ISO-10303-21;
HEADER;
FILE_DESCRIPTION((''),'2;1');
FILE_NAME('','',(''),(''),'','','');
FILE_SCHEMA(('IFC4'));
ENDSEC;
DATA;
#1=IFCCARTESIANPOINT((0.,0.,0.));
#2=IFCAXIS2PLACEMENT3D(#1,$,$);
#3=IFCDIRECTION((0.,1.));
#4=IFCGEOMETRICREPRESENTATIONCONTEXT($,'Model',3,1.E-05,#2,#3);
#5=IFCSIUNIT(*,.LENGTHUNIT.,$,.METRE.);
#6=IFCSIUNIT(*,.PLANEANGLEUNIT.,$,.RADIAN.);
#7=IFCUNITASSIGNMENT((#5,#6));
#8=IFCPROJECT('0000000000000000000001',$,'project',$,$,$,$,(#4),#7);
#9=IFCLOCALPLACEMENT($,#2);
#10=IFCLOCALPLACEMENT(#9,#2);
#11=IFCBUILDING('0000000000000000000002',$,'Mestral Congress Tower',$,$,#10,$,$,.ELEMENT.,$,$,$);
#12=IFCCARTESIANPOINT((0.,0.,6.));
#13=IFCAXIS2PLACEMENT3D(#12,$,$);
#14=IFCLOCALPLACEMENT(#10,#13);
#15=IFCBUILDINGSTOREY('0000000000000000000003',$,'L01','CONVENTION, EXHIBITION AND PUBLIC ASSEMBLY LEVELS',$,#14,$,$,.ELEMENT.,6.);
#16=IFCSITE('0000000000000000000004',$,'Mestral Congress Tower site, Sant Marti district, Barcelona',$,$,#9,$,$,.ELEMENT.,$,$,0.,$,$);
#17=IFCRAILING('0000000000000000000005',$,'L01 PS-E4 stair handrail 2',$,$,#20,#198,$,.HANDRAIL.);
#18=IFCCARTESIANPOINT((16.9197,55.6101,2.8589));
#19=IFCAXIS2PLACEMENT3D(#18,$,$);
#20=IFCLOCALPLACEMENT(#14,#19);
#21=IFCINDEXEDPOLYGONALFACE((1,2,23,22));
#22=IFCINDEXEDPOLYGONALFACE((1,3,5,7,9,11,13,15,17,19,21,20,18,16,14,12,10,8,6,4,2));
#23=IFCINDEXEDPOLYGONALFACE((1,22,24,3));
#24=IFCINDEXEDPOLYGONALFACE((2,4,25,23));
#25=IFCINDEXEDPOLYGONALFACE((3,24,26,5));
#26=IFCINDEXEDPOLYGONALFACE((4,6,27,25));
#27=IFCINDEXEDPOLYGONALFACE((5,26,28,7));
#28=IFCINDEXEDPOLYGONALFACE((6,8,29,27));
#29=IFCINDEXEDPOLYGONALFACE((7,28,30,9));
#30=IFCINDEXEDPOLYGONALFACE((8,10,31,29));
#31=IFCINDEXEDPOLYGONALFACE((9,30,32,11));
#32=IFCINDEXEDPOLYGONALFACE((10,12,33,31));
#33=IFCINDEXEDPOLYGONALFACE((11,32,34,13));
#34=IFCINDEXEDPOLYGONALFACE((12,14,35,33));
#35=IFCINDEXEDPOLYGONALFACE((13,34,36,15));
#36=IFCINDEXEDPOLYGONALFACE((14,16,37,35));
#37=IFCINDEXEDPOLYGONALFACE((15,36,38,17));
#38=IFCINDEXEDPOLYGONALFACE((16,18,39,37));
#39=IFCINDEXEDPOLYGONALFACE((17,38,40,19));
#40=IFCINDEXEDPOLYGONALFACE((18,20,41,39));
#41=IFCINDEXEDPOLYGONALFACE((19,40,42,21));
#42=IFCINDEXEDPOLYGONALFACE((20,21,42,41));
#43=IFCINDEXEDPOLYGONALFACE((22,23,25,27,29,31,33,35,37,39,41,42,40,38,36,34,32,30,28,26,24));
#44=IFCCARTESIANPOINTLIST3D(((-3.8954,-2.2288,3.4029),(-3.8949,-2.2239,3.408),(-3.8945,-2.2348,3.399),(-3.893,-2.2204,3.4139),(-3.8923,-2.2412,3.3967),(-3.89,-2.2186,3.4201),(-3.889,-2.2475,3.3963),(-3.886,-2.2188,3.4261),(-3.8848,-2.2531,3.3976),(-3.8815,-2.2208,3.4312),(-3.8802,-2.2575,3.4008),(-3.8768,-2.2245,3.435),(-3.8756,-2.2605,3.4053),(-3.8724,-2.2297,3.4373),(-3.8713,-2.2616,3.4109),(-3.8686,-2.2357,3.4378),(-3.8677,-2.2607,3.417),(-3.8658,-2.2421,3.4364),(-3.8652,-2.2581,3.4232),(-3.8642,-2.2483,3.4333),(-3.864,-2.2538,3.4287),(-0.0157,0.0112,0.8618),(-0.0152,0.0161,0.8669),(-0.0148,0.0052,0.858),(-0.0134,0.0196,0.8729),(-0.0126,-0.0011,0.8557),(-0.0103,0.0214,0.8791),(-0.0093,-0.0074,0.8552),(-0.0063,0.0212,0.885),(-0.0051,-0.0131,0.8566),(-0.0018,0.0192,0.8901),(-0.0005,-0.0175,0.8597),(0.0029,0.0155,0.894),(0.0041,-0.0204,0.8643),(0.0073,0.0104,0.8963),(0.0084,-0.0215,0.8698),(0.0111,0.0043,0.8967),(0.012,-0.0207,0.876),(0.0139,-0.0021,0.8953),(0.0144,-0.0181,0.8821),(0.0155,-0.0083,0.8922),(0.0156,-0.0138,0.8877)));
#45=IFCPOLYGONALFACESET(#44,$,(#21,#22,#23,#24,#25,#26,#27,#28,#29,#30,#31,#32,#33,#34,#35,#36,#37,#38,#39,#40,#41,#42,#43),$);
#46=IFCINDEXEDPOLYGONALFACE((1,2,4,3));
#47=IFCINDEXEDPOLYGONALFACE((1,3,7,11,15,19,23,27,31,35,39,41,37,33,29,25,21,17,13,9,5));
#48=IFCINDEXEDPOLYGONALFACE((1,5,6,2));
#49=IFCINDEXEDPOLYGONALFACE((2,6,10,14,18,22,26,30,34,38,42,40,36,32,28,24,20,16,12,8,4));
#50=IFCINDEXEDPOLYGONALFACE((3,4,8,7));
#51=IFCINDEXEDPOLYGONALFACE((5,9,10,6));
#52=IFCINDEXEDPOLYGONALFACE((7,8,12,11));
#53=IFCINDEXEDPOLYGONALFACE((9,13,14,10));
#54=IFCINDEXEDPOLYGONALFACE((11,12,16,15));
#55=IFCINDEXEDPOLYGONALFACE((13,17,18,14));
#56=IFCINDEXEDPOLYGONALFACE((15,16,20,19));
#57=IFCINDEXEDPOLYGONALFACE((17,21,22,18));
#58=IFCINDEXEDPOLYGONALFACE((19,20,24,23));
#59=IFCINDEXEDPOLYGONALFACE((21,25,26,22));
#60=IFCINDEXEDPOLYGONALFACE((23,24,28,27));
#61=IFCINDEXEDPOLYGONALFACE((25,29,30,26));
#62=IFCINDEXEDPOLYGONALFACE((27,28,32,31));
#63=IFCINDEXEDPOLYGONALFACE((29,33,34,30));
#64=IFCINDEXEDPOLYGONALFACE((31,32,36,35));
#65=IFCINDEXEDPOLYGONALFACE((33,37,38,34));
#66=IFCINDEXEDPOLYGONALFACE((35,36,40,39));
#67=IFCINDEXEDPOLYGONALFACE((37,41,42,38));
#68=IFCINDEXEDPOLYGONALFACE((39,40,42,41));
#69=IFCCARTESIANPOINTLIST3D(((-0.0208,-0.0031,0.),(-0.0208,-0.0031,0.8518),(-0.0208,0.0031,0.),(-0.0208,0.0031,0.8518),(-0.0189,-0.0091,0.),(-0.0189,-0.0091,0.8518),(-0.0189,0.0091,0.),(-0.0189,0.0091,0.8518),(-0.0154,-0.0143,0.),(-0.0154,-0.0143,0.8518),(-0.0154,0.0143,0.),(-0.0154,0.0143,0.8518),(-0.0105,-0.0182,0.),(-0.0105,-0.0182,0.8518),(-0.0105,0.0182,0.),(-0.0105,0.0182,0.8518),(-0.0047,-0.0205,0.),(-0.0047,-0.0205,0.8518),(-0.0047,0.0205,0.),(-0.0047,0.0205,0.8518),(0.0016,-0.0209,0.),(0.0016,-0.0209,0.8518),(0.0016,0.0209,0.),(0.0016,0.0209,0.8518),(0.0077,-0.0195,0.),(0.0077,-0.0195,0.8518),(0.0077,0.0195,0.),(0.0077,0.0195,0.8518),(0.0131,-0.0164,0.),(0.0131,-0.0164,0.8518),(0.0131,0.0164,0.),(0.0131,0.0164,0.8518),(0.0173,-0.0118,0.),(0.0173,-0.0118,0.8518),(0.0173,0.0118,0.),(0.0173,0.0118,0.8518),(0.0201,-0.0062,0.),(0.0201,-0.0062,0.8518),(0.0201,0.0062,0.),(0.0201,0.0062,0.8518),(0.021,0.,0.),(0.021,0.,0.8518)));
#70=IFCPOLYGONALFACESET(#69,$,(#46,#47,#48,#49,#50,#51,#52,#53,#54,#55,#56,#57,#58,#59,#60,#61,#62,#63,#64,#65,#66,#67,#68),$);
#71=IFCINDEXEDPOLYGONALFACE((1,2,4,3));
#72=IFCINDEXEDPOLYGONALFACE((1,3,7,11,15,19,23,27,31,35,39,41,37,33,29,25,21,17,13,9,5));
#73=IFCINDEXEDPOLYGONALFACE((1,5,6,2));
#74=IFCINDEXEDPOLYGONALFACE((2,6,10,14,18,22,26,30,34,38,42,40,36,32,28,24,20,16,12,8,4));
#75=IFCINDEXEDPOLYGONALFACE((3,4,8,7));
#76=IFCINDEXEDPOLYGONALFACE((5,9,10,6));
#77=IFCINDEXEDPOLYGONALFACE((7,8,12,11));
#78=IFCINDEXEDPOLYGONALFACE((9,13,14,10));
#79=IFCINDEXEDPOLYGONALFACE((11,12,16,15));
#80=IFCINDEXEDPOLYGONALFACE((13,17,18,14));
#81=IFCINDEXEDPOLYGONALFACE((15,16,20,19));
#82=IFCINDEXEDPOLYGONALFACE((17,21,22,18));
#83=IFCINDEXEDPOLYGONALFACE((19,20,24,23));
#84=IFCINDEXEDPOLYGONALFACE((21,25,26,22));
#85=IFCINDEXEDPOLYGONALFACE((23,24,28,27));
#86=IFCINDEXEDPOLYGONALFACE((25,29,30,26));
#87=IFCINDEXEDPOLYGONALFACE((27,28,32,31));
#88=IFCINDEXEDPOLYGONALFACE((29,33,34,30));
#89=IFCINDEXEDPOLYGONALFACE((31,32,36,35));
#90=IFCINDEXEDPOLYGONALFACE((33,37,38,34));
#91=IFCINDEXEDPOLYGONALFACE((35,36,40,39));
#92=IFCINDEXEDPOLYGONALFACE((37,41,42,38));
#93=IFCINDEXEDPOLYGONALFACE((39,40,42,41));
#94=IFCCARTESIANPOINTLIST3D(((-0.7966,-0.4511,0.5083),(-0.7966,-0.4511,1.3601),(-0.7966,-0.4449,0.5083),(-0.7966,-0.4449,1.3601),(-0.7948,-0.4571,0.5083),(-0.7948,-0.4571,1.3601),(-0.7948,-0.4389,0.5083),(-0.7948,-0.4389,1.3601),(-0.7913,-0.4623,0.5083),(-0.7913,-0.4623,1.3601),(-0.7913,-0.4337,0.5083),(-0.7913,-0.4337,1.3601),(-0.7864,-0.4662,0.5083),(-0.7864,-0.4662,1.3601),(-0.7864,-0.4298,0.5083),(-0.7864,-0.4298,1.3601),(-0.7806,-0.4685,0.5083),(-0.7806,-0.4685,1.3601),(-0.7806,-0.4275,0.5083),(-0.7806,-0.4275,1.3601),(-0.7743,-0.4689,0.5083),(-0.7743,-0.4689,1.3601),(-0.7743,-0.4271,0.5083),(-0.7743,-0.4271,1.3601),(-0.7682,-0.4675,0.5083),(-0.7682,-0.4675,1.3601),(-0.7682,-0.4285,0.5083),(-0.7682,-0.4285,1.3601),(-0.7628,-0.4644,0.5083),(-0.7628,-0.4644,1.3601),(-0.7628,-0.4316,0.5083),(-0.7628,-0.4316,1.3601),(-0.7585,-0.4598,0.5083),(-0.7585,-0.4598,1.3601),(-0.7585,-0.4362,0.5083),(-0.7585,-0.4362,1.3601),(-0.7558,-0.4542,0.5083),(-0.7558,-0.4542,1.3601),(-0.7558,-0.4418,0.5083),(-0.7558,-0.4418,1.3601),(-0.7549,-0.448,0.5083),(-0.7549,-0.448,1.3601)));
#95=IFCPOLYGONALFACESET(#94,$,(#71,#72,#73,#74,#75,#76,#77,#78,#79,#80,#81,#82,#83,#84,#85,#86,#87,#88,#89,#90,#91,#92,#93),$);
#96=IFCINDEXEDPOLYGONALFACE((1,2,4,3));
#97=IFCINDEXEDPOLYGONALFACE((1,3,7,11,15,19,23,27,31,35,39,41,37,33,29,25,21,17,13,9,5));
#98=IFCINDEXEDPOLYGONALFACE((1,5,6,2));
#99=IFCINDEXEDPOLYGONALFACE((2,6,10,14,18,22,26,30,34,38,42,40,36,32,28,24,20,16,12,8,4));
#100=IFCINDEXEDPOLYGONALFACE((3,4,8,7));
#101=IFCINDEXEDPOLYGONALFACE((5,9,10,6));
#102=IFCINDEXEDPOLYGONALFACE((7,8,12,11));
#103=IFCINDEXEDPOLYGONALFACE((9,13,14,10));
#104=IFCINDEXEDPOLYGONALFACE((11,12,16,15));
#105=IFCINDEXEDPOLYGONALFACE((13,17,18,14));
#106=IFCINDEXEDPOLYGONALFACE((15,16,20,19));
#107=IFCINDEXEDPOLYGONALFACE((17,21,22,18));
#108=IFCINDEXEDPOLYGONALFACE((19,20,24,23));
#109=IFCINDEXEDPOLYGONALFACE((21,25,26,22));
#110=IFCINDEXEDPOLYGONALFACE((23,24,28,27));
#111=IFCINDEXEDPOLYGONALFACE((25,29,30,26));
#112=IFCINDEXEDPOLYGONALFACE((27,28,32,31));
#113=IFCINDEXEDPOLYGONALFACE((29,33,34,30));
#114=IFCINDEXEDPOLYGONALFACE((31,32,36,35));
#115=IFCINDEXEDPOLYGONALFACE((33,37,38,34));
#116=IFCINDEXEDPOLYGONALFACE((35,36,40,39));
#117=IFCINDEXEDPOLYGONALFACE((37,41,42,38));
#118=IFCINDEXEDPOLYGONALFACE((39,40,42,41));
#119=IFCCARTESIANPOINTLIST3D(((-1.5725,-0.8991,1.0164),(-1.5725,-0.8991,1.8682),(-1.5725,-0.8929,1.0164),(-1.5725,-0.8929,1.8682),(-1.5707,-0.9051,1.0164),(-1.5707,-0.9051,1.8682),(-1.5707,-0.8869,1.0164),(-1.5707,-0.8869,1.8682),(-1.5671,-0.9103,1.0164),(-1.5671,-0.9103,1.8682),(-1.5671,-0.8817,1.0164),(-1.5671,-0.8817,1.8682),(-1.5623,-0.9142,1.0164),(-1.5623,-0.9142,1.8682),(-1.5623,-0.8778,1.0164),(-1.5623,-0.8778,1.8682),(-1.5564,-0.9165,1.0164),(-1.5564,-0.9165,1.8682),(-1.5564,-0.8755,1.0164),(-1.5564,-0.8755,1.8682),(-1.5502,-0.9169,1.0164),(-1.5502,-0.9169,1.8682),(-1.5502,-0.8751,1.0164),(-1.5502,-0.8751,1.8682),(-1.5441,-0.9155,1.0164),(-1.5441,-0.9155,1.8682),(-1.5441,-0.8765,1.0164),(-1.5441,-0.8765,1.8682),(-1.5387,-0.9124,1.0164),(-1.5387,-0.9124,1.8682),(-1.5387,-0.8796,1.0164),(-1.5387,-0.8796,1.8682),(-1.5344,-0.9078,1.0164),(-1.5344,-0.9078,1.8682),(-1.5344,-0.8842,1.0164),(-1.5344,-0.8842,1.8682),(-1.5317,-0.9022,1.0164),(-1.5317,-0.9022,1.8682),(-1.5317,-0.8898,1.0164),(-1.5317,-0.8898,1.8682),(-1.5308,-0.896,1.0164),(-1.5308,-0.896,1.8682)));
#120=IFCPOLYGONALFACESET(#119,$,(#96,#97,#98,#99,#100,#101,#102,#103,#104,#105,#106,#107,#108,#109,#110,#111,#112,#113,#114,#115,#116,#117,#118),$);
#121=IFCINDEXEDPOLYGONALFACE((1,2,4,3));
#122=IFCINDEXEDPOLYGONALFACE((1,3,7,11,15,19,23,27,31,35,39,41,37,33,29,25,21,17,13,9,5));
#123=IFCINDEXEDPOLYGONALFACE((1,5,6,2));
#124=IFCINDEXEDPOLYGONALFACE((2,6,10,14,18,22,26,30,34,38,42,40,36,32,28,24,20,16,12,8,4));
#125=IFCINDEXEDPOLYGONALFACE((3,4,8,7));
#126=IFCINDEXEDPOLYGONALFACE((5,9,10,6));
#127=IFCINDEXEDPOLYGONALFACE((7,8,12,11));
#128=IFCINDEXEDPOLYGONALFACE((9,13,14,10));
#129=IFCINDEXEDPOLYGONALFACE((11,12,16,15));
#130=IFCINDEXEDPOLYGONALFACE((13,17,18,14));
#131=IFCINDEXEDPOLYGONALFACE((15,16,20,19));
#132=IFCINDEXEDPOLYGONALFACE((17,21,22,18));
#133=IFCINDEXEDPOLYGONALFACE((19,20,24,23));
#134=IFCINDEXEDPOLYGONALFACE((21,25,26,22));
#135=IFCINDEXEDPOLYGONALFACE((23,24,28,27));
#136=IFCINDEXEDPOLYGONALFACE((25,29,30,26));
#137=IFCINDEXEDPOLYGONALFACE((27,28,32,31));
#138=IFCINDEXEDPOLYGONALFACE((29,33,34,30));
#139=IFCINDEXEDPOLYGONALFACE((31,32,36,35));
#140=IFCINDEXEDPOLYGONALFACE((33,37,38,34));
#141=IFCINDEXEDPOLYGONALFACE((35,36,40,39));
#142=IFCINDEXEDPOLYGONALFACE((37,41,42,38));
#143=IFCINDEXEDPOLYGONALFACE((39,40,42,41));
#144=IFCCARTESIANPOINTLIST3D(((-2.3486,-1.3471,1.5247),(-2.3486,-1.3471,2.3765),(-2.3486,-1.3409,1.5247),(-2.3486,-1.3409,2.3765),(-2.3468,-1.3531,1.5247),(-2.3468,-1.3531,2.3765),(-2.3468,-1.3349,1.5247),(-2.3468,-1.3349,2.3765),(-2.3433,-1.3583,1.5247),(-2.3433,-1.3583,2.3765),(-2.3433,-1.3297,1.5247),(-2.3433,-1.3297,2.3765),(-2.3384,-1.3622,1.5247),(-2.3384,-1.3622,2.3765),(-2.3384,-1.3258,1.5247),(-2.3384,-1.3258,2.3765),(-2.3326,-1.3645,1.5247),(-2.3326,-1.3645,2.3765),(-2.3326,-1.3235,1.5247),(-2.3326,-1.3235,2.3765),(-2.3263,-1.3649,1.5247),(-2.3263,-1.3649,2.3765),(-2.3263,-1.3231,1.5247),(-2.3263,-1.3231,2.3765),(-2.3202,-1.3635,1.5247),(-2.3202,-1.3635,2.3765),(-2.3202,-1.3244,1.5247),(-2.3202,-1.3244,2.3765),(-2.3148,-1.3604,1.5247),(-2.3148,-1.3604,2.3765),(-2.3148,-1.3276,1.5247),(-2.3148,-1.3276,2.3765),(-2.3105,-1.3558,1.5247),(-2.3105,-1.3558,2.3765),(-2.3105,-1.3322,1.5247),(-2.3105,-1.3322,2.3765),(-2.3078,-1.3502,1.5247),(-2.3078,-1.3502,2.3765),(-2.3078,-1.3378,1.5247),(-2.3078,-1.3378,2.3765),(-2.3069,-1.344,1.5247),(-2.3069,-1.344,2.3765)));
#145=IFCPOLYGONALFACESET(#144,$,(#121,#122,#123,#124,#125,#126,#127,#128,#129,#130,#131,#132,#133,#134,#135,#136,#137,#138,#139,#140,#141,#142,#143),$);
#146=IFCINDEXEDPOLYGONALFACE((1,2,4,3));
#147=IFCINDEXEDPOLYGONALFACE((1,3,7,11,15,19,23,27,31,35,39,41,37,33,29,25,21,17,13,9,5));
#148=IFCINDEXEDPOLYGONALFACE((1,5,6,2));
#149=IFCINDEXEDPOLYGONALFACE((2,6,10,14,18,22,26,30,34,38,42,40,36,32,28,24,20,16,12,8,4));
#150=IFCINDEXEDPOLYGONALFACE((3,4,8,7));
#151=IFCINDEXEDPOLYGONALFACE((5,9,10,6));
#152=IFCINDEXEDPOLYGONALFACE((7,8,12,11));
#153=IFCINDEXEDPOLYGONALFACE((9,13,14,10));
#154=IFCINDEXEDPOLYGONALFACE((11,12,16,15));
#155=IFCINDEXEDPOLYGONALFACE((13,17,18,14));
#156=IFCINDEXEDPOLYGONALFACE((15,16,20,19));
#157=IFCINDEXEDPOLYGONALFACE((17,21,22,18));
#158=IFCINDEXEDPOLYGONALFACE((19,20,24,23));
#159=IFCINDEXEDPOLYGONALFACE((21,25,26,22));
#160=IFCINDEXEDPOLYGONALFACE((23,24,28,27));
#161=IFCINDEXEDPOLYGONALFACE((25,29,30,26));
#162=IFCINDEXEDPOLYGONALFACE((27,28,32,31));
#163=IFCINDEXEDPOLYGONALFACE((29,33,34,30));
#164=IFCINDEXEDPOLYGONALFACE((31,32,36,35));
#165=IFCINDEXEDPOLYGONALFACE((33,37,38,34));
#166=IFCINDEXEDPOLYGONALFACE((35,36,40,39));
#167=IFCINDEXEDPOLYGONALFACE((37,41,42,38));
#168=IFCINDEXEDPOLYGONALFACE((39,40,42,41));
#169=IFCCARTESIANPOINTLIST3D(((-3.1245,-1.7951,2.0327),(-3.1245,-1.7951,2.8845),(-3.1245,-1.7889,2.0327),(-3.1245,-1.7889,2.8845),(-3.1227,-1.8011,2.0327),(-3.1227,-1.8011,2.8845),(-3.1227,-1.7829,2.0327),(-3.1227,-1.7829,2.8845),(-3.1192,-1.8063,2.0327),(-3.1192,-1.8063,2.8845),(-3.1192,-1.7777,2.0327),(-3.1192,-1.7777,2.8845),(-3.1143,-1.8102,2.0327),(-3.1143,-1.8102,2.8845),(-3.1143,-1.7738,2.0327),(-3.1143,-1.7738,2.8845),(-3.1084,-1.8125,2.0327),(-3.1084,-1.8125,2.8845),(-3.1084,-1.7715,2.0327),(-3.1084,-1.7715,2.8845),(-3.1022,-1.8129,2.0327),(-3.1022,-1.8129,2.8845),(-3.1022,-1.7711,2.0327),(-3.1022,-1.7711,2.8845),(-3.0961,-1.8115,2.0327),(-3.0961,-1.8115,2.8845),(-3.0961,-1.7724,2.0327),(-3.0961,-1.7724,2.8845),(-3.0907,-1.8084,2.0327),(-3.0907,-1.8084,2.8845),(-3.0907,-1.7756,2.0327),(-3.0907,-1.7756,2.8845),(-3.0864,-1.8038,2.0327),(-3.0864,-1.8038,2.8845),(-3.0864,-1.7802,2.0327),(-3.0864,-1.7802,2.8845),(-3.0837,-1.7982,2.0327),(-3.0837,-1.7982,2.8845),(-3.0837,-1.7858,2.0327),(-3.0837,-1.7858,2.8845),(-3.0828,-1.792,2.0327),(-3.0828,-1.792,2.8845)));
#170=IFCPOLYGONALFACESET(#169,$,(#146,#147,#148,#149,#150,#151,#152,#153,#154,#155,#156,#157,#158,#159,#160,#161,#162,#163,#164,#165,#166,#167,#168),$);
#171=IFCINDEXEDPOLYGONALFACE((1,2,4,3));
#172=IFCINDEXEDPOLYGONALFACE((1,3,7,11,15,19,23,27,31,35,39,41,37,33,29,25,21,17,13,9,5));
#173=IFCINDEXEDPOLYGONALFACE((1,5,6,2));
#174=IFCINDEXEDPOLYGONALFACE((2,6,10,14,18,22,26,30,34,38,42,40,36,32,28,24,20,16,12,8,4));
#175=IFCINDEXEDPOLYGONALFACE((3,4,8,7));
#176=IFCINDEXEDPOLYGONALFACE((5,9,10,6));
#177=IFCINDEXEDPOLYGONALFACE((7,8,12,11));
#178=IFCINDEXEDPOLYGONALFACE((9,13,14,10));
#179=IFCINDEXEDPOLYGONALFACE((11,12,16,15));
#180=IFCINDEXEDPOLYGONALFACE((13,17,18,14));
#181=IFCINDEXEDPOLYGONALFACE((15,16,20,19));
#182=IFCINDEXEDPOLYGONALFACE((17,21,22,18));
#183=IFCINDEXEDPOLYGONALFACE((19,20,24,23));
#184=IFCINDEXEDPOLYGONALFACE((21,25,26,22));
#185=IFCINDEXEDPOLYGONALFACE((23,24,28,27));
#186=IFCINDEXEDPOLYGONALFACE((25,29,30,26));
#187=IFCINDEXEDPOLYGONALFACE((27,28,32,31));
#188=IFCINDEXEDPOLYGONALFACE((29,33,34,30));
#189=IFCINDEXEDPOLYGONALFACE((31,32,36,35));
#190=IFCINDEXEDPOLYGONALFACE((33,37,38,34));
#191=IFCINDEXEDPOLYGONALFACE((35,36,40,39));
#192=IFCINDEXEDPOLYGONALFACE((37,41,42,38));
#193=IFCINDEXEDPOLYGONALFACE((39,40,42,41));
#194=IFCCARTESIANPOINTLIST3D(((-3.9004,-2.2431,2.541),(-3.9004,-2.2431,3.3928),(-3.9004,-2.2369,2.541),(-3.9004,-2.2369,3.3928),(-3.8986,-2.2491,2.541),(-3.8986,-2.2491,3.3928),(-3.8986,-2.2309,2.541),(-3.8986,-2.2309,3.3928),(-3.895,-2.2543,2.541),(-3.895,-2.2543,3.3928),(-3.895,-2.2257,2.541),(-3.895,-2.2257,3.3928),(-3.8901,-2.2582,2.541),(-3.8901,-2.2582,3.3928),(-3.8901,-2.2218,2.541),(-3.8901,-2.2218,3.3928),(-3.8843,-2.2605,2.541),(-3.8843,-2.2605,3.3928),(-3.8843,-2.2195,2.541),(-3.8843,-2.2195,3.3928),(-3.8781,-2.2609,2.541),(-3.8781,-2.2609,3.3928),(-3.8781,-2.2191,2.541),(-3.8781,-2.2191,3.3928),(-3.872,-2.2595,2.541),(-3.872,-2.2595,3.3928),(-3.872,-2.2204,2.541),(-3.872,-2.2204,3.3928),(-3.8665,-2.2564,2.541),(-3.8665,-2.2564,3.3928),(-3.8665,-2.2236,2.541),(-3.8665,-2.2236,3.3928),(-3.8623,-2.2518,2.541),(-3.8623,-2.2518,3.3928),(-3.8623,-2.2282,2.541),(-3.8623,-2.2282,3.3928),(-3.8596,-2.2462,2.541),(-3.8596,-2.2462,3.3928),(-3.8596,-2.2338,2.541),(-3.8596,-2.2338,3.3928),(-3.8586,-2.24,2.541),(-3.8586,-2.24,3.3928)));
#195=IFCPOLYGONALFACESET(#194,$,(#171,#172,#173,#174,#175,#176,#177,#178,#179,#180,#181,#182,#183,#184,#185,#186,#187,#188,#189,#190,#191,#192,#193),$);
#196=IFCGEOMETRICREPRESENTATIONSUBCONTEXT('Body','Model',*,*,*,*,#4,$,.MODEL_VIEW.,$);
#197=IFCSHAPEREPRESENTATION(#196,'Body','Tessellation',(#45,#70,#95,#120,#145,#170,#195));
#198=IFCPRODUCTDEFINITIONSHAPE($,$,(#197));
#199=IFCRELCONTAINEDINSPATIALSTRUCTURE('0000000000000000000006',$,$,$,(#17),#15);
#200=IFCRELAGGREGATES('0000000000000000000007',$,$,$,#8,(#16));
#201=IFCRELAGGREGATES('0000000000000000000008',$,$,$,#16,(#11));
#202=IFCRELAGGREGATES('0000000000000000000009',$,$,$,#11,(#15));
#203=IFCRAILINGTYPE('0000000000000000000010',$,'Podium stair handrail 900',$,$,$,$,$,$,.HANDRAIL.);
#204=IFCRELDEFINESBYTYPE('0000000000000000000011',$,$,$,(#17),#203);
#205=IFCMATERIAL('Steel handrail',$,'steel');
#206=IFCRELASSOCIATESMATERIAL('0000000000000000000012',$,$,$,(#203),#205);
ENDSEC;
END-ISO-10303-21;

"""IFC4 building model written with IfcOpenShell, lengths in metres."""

from ifc_helpers import new_model, si_unit, direction, frame, origin, origin_2d, place, context, subcontext, project, spatial, circle, extrude, material, type_object, element, save


model = new_model("IFC4")

# Units and contexts
model_context = context("Model", 3, precision=1e-05, world=origin(), true_north=direction((0.0, 1.0)))
body_context = subcontext(model_context, "Body", "Model", "MODEL_VIEW")
ifc_project = project(units=[si_unit("LENGTHUNIT", "METRE"), si_unit("PLANEANGLEUNIT", "RADIAN")], contexts=[model_context])

# Site, building, storey
site_placement = place(None, origin())
site = spatial("IfcSite", under=ifc_project, at=site_placement, Name="Mestral Congress Tower site, Sant Marti district, Barcelona", CompositionType="ELEMENT", RefElevation=0.0)
building_placement = place(site_placement, origin())
building = spatial("IfcBuilding", under=site, at=building_placement, Name="Mestral Congress Tower", CompositionType="ELEMENT")
storey_placement = place(building_placement, frame((0.0, 0.0, 6.0)))
storey = spatial("IfcBuildingStorey", under=building, at=storey_placement, Name="L01", Description="CONVENTION, EXHIBITION AND PUBLIC ASSEMBLY LEVELS", CompositionType="ELEMENT", Elevation=6.0)

# Railing
ifc_material_1 = material(Name="Steel handrail", Category="steel")
railing_type_1 = type_object("IfcRailingType", Name="Podium stair handrail 900", PredefinedType="HANDRAIL", material=ifc_material_1)
railing_1_placement = place(storey_placement, frame((16.9197, 55.6101, 2.8589)))
element("IfcRailing", 1, at=railing_1_placement, inside=storey, type_object=railing_type_1, Name="L01 PS-E4 stair handrail 2", PredefinedType="HANDRAIL", context=body_context, shape_type="SweptSolid", body=[
    extrude(circle(Radius=0.0239, at=origin_2d()), frame((0.0, 0.0, 0.876), z_axis=(-0.753279, -0.434922, 0.493369), x_axis=(0.500013, -0.866018, 0.0)), (0.0, 0.0, 1.0), 5.1504),
    extrude(circle(Radius=0.021, at=origin_2d()), origin(), (0.0, 0.0, 1.0), 0.8518),
    extrude(circle(Radius=0.021, at=origin_2d()), frame((-0.7759, -0.448, 0.5083)), (0.0, 0.0, 1.0), 0.8518),
    extrude(circle(Radius=0.021, at=origin_2d()), frame((-1.5518, -0.896, 1.0164)), (0.0, 0.0, 1.0), 0.8518),
    extrude(circle(Radius=0.021, at=origin_2d()), frame((-2.3279, -1.344, 1.5247)), (0.0, 0.0, 1.0), 0.8518),
    extrude(circle(Radius=0.021, at=origin_2d()), frame((-3.1038, -1.792, 2.0327)), (0.0, 0.0, 1.0), 0.8518),
    extrude(circle(Radius=0.021, at=origin_2d()), frame((-3.8796, -2.24, 2.541)), (0.0, 0.0, 1.0), 0.8518),
])

save(model, "model.ifc")
